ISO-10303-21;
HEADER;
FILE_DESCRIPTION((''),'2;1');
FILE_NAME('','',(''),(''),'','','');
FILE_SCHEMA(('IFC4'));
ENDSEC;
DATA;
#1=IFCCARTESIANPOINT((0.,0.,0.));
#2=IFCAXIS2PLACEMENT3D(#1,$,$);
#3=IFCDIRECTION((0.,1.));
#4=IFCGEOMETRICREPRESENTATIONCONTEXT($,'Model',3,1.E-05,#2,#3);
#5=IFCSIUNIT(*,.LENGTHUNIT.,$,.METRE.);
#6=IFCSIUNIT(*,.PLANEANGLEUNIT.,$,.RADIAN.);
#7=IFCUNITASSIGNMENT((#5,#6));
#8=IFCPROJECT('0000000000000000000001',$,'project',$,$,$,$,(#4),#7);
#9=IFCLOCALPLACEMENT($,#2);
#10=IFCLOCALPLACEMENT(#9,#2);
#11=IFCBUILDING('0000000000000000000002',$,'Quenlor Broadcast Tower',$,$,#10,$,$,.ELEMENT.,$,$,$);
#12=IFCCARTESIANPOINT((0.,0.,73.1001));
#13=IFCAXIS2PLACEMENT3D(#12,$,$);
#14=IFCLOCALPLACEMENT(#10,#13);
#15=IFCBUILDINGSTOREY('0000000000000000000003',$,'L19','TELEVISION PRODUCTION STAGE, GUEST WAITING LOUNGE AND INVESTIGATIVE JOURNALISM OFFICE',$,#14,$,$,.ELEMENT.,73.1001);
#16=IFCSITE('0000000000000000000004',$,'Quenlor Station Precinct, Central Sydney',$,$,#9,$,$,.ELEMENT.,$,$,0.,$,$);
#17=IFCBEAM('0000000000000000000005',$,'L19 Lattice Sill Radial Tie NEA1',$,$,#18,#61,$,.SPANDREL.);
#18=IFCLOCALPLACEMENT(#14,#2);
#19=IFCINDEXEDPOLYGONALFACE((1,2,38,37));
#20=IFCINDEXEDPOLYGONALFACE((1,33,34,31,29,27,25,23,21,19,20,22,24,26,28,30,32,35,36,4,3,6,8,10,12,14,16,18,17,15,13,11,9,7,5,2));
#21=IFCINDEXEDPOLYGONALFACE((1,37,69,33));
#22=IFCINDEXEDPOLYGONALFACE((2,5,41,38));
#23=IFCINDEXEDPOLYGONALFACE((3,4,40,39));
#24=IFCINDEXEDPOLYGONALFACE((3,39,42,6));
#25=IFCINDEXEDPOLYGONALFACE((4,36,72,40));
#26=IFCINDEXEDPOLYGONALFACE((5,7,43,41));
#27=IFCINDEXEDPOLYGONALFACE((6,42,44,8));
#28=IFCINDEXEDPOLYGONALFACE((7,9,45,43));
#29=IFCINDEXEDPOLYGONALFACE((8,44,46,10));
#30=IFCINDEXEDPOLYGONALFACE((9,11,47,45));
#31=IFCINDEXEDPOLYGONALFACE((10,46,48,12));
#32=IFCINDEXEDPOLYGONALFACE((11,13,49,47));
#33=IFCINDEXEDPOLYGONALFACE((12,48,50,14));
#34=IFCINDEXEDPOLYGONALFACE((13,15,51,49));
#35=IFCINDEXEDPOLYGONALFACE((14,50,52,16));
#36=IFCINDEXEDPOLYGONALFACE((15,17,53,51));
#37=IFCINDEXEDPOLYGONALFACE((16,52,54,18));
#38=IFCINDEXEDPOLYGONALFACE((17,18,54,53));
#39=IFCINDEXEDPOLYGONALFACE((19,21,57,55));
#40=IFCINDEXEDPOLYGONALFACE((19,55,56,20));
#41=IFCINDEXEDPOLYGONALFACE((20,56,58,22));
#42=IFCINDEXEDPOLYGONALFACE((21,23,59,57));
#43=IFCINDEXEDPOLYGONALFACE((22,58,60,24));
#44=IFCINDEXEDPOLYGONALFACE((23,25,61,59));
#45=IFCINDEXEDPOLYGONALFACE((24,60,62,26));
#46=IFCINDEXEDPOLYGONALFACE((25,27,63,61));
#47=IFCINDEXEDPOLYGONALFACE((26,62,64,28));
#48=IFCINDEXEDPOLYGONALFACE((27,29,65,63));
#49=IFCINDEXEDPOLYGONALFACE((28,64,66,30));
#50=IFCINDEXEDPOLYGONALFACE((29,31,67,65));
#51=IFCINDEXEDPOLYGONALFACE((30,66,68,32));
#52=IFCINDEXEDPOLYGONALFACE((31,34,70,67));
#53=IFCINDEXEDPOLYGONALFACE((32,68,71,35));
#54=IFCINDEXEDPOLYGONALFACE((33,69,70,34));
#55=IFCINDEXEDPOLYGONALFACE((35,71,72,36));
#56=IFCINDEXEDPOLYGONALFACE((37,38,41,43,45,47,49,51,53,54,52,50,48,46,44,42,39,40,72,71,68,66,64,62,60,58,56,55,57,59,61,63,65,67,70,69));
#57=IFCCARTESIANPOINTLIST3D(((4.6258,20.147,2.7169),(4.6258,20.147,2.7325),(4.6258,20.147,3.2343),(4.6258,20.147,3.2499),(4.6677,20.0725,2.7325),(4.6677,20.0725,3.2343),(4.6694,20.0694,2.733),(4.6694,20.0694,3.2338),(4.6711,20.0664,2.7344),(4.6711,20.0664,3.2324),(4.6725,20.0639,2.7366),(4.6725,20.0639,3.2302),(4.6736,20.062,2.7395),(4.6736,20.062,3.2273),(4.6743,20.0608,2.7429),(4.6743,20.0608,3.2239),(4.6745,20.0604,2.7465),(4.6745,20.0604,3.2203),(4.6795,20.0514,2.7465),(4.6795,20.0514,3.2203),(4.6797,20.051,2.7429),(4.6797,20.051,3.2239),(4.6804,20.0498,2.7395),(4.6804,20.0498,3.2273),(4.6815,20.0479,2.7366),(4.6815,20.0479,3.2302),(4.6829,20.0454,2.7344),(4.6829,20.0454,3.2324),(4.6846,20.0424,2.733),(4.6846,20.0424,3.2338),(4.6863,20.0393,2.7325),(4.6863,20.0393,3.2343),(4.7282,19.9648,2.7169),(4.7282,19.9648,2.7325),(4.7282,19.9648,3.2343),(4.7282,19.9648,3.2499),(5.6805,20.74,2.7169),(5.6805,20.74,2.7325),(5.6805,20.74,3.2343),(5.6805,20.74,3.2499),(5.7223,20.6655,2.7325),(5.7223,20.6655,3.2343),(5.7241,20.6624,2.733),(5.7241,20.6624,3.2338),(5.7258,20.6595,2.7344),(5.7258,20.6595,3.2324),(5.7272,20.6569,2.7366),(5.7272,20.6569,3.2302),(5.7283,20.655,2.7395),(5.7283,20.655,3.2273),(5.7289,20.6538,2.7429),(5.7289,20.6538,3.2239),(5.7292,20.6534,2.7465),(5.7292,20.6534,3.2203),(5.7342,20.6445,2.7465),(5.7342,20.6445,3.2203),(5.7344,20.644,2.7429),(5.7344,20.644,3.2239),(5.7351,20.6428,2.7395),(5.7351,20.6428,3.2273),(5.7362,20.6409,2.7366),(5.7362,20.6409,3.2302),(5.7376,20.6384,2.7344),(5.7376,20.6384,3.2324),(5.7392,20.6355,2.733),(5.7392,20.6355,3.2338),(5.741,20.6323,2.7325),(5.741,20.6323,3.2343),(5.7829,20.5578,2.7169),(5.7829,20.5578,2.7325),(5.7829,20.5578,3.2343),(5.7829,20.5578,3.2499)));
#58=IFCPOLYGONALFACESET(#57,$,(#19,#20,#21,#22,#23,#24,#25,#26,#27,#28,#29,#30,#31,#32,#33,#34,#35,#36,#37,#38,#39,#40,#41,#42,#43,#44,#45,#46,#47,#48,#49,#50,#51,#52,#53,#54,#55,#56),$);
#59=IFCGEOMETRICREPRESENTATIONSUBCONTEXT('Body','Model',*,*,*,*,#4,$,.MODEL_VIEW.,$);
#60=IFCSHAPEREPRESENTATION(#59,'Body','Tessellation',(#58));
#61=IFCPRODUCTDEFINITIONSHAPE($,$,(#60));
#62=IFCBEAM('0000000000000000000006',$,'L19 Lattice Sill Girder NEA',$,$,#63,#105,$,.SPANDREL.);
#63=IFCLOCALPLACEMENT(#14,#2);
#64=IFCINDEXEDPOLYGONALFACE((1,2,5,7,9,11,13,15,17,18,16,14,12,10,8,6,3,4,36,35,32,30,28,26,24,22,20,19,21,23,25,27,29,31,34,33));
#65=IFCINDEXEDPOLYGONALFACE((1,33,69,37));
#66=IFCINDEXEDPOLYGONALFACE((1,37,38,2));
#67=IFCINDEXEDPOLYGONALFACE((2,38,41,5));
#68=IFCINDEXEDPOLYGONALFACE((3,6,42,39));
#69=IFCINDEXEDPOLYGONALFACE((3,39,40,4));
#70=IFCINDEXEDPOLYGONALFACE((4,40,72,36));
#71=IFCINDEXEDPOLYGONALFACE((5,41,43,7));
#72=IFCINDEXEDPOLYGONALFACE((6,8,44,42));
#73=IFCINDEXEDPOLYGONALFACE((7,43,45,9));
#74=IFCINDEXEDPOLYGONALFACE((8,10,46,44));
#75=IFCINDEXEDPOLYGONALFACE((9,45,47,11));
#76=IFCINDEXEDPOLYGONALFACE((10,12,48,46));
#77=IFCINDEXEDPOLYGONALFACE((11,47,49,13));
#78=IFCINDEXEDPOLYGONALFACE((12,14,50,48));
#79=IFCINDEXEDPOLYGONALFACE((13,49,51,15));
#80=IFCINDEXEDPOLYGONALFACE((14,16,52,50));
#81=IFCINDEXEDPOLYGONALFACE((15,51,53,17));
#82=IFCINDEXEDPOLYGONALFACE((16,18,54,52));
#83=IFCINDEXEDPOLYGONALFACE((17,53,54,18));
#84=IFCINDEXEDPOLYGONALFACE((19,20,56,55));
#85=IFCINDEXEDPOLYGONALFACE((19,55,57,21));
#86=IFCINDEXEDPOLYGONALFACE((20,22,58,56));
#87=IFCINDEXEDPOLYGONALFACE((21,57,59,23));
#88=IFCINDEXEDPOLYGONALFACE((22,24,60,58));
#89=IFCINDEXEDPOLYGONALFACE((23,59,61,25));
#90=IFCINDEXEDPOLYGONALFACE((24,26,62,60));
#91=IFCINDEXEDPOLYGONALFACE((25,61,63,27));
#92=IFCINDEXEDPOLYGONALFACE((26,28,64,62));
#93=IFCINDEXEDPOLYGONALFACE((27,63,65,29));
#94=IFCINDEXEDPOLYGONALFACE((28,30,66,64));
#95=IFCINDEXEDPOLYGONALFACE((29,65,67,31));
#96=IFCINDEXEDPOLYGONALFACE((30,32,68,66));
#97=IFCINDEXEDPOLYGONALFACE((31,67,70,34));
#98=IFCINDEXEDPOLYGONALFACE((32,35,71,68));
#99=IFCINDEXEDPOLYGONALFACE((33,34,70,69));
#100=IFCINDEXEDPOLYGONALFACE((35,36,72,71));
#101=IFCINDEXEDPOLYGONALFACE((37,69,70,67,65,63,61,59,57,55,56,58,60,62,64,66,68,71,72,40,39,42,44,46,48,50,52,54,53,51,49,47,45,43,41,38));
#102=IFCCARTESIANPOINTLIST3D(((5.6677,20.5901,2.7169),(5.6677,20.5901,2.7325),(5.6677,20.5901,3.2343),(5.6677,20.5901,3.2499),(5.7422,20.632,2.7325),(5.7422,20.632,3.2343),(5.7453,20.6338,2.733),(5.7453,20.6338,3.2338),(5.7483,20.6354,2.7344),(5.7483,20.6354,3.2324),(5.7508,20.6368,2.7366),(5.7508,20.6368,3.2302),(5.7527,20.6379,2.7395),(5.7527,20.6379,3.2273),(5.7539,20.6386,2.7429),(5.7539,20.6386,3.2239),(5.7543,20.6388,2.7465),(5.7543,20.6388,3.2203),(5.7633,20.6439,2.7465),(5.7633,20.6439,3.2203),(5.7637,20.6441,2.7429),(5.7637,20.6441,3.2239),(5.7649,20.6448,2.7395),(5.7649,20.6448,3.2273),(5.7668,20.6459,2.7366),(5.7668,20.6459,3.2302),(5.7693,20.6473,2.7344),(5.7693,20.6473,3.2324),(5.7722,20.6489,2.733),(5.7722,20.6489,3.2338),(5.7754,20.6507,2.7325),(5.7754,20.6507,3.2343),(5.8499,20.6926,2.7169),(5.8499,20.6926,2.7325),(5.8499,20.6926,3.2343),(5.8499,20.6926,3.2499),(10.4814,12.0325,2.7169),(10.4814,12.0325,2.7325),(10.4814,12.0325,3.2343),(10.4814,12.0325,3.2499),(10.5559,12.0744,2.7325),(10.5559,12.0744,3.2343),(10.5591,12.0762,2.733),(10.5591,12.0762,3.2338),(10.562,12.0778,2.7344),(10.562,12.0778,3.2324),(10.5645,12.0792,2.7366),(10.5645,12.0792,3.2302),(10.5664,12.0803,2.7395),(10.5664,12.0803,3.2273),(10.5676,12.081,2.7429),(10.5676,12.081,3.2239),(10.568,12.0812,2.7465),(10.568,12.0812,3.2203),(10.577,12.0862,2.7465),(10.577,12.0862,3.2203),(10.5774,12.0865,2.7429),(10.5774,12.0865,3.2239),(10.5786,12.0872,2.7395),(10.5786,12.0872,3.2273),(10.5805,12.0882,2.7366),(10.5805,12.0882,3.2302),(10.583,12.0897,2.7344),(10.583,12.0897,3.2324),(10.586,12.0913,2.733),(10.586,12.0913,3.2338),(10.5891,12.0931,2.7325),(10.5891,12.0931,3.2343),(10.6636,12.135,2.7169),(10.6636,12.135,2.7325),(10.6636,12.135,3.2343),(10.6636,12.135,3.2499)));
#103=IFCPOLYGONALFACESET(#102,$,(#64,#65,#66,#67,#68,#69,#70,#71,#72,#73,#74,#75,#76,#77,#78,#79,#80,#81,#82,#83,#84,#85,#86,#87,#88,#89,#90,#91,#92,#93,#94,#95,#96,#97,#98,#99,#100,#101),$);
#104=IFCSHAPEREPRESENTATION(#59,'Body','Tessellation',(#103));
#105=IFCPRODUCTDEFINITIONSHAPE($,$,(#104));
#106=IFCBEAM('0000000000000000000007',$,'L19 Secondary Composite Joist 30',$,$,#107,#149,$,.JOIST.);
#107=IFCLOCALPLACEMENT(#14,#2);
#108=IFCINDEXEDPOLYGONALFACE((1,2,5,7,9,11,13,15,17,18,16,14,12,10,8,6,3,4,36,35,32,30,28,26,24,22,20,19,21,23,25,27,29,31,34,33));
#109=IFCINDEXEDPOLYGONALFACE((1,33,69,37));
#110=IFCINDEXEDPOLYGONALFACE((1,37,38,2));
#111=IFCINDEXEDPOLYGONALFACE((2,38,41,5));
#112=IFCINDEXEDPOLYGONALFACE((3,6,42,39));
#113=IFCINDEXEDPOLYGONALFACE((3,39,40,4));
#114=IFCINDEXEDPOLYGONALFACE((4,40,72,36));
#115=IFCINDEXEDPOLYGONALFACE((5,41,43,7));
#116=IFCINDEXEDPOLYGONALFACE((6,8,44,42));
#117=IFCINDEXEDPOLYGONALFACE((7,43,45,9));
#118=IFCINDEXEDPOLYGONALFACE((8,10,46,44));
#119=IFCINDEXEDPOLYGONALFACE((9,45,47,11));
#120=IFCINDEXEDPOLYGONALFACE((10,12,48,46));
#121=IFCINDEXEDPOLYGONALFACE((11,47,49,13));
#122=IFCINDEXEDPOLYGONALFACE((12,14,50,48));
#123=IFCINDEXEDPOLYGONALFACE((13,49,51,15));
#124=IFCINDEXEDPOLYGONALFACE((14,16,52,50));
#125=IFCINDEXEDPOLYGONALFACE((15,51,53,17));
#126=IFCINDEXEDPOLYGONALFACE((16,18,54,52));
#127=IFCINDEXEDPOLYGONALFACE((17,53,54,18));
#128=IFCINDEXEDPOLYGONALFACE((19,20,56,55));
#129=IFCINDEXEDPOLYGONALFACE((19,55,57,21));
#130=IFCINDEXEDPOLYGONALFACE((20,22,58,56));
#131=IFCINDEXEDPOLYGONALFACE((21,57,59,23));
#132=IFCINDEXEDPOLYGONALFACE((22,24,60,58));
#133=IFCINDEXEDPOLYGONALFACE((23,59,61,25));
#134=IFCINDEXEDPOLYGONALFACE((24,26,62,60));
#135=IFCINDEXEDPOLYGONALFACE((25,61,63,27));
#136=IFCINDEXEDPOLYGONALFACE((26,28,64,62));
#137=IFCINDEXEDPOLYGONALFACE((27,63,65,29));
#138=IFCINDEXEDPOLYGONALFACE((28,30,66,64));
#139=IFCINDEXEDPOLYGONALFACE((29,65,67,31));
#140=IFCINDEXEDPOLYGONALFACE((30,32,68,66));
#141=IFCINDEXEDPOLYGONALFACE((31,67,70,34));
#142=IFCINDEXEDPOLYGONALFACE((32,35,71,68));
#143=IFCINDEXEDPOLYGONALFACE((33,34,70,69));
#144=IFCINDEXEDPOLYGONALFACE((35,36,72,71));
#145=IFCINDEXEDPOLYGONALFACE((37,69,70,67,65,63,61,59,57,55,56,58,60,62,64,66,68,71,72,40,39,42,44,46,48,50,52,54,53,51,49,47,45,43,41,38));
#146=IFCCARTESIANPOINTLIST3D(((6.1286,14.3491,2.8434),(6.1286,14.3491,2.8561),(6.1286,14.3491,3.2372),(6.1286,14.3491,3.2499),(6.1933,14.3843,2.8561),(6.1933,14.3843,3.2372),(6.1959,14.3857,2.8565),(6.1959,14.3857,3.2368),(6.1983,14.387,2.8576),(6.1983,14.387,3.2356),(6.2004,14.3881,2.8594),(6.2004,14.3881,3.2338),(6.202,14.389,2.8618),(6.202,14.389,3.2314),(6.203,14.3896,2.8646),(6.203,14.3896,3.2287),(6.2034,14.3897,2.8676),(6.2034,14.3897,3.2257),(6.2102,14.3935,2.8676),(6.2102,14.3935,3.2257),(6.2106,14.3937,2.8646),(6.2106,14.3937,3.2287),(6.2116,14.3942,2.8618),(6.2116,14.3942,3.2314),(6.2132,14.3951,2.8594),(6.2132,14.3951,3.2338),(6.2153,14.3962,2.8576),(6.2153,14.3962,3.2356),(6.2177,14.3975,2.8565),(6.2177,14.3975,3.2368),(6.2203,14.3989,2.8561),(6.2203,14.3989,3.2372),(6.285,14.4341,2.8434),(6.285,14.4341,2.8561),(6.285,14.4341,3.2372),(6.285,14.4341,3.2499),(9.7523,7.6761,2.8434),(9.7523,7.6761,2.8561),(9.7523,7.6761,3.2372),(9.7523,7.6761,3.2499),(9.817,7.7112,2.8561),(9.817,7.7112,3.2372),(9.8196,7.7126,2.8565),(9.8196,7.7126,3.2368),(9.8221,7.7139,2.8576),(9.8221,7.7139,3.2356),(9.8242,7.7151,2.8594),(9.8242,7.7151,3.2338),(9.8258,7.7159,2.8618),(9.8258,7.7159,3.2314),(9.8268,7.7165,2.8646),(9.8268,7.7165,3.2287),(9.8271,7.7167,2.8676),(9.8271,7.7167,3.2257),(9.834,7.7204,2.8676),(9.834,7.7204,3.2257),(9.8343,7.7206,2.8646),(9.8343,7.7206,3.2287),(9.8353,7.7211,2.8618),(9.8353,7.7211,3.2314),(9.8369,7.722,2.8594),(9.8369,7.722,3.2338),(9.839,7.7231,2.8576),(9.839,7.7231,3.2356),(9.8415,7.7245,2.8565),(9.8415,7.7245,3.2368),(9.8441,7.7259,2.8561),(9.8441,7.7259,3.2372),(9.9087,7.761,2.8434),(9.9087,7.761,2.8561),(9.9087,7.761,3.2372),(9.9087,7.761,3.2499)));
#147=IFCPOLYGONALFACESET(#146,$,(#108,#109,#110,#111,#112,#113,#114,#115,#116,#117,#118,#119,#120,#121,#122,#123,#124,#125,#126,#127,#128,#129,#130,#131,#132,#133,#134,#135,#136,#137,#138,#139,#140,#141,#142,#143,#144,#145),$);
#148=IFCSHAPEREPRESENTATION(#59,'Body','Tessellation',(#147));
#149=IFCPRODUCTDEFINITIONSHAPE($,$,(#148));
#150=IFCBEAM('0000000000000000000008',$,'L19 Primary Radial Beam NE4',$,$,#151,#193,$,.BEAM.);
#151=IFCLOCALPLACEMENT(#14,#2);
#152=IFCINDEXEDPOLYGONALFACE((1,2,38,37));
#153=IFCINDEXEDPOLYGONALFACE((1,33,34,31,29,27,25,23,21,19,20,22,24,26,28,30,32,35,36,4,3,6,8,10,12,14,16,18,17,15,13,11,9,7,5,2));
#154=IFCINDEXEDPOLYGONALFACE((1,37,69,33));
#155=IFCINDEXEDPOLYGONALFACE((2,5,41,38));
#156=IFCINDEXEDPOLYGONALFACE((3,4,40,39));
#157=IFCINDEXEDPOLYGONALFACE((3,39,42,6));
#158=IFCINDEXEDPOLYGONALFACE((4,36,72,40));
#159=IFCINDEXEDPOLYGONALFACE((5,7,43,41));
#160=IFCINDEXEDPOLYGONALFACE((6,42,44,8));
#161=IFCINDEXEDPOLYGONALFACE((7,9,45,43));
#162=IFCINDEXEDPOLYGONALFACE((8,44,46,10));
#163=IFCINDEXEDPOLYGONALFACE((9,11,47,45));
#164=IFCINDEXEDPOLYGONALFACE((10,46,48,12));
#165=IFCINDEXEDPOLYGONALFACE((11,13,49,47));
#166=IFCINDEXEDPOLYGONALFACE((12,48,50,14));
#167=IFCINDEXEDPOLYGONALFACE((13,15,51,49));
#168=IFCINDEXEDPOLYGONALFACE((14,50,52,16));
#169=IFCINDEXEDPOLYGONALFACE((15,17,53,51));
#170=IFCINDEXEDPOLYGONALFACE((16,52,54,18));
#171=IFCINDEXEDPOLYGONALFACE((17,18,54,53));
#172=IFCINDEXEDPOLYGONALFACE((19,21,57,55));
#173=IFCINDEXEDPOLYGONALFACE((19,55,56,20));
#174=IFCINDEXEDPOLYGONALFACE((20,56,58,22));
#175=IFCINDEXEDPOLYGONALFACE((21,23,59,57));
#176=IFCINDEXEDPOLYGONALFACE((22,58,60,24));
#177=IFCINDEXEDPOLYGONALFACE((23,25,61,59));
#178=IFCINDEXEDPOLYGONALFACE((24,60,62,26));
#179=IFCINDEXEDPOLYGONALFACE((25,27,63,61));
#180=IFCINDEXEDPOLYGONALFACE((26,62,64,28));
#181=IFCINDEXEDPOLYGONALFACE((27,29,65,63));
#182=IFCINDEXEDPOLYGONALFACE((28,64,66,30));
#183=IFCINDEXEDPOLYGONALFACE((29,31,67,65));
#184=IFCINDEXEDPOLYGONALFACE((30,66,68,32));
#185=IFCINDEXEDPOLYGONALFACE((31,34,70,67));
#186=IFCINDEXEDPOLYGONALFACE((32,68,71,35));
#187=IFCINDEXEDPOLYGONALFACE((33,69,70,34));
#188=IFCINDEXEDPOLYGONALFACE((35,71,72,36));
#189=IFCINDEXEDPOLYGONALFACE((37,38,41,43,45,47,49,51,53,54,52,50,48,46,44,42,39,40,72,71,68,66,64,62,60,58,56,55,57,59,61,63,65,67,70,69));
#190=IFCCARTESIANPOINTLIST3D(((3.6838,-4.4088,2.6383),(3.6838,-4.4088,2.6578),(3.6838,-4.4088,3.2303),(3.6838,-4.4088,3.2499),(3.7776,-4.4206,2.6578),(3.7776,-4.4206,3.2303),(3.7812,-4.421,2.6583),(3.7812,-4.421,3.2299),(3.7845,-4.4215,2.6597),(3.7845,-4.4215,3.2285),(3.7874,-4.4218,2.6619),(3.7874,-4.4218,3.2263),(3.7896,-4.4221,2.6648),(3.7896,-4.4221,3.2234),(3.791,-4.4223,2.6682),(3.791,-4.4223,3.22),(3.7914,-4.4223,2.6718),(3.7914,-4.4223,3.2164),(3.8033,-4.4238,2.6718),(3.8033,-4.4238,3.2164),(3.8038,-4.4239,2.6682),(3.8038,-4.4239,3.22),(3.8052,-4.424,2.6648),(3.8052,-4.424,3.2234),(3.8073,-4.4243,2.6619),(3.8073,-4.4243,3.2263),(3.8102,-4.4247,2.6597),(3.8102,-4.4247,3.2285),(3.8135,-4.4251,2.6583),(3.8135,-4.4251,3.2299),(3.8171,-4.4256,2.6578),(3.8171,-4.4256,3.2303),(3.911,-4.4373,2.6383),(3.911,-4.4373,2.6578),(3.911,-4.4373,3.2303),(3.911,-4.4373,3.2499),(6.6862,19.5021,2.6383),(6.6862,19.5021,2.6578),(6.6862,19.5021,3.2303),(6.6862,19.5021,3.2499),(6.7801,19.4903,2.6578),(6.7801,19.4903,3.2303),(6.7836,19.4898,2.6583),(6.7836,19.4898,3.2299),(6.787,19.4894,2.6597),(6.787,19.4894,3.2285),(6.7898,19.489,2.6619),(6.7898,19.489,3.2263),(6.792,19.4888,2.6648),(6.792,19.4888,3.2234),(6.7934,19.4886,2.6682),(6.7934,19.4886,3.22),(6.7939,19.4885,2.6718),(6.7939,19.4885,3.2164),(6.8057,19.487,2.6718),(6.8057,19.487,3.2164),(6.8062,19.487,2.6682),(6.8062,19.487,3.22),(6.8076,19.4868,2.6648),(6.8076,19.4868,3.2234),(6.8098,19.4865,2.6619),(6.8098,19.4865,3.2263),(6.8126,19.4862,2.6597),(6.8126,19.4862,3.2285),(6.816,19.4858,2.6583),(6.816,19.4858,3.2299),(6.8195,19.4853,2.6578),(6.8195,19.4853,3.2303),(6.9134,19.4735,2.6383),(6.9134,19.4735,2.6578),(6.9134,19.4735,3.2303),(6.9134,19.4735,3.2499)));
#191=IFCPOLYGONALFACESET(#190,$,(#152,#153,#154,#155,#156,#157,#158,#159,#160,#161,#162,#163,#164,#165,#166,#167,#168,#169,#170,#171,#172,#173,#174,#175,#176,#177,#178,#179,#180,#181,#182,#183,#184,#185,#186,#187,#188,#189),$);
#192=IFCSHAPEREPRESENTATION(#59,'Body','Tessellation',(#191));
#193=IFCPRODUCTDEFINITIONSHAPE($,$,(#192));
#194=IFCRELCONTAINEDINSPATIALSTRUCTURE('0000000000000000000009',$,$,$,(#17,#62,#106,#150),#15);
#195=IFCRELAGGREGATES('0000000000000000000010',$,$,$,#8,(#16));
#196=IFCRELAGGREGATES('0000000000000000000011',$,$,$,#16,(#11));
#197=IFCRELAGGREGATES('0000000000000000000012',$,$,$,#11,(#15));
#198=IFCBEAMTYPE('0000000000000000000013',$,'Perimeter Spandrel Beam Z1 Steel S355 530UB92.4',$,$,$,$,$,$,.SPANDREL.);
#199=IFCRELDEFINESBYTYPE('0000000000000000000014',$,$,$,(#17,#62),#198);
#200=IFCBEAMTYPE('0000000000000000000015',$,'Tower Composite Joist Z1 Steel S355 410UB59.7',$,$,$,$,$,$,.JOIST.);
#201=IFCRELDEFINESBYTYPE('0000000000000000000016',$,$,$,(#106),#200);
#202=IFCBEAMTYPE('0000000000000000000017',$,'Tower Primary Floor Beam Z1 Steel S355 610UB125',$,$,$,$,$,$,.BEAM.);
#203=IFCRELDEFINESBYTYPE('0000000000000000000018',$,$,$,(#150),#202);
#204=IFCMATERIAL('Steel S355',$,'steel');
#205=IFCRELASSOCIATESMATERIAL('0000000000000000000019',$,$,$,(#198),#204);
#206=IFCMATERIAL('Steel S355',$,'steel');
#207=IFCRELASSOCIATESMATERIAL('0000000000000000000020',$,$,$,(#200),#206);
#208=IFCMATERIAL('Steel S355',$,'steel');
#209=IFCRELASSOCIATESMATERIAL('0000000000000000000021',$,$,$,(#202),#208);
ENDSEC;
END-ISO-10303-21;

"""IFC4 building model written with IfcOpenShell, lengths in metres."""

from ifc_helpers import new_model, si_unit, direction, frame, origin, origin_2d, place, context, subcontext, project, spatial, i_section, extrude, material, material_profile, profile_set, type_object, element, save


model = new_model("IFC4")

# Units and contexts
model_context = context("Model", 3, precision=1e-05, world=origin(), true_north=direction((0.0, 1.0)))
body_context = subcontext(model_context, "Body", "Model", "MODEL_VIEW")
ifc_project = project(units=[si_unit("LENGTHUNIT", "METRE"), si_unit("PLANEANGLEUNIT", "RADIAN")], contexts=[model_context])

# Site, building, storey
site_placement = place(None, origin())
site = spatial("IfcSite", under=ifc_project, at=site_placement, Name="Quenlor Station Precinct, Central Sydney", CompositionType="ELEMENT", RefElevation=0.0)
building_placement = place(site_placement, origin())
building = spatial("IfcBuilding", under=site, at=building_placement, Name="Quenlor Broadcast Tower", CompositionType="ELEMENT")
storey_placement = place(building_placement, frame((0.0, 0.0, 73.1001)))
storey = spatial("IfcBuildingStorey", under=building, at=storey_placement, Name="L19", Description="TELEVISION PRODUCTION STAGE, GUEST WAITING LOUNGE AND INVESTIGATIVE JOURNALISM OFFICE", CompositionType="ELEMENT", Elevation=73.1001)

# Beams
ifc_material_1 = material(Name="Steel S355", Category="steel")
ifc_material_profile_1 = material_profile(ifc_material_1, i_section(OverallWidth=0.209, OverallDepth=0.533, WebThickness=0.0103, FlangeThickness=0.0156, FilletRadius=0.0139, at=origin_2d()))
ifc_profile_set_1 = profile_set([ifc_material_profile_1], Name="Steel S355 530UB92.4")
beam_type_1 = type_object("IfcBeamType", Name="Perimeter Spandrel Beam Z1 Steel S355 530UB92.4", PredefinedType="SPANDREL", material=ifc_profile_set_1)
beam_1_placement = place(storey_placement, frame((4.677, 20.0559, 2.9834), z_axis=(0.871662, 0.490108, 0.0), x_axis=(-0.490108, 0.871662, 0.0)))
element("IfcBeam", 1, at=beam_1_placement, inside=storey, type_object=beam_type_1, Name="L19 Lattice Sill Radial Tie NEA1", PredefinedType="SPANDREL", context=body_context, shape_type="SweptSolid", body=[
    extrude(i_section(OverallWidth=0.209, OverallDepth=0.533, WebThickness=0.0103, FlangeThickness=0.0156, FilletRadius=0.0139, at=origin_2d()), origin(), (0.0, 0.0, 1.0), 1.21),
])
beam_2_placement = place(storey_placement, frame((5.7588, 20.6414, 2.9834), z_axis=(0.490266, -0.871573, 0.0), x_axis=(0.871573, 0.490266, 0.0)))
element("IfcBeam", 2, at=beam_2_placement, inside=storey, type_object=beam_type_1, Name="L19 Lattice Sill Girder NEA", PredefinedType="SPANDREL", context=body_context, shape_type="SweptSolid", body=[
    extrude(i_section(OverallWidth=0.209, OverallDepth=0.533, WebThickness=0.0103, FlangeThickness=0.0156, FilletRadius=0.0139, at=origin_2d()), origin(), (0.0, 0.0, 1.0), 9.8186),
])
ifc_material_2 = material(Name="Steel S355", Category="steel")
ifc_material_profile_2 = material_profile(ifc_material_2, i_section(OverallWidth=0.178, OverallDepth=0.4065, WebThickness=0.0078, FlangeThickness=0.0127, FilletRadius=0.0115, at=origin_2d()))
ifc_profile_set_2 = profile_set([ifc_material_profile_2], Name="Steel S355 410UB59.7")
beam_type_2 = type_object("IfcBeamType", Name="Tower Composite Joist Z1 Steel S355 410UB59.7", PredefinedType="JOIST", material=ifc_profile_set_2)
beam_3_placement = place(storey_placement, frame((6.2068, 14.3916, 3.0466), z_axis=(0.477218, -0.878785, 0.0), x_axis=(0.878785, 0.477218, 0.0)))
element("IfcBeam", 3, at=beam_3_placement, inside=storey, type_object=beam_type_2, Name="L19 Secondary Composite Joist 30", PredefinedType="JOIST", context=body_context, shape_type="SweptSolid", body=[
    extrude(i_section(OverallWidth=0.178, OverallDepth=0.4065, WebThickness=0.0078, FlangeThickness=0.0127, FilletRadius=0.0115, at=origin_2d()), origin(), (0.0, 0.0, 1.0), 7.5935),
])
ifc_material_3 = material(Name="Steel S355", Category="steel")
ifc_material_profile_3 = material_profile(ifc_material_3, i_section(OverallWidth=0.229, OverallDepth=0.6116, WebThickness=0.012, FlangeThickness=0.0195, FilletRadius=0.0139, at=origin_2d()))
ifc_profile_set_3 = profile_set([ifc_material_profile_3], Name="Steel S355 610UB125")
beam_type_3 = type_object("IfcBeamType", Name="Tower Primary Floor Beam Z1 Steel S355 610UB125", PredefinedType="BEAM", material=ifc_profile_set_3)
beam_4_placement = place(storey_placement, frame((6.7998, 19.4878, 2.9441), z_axis=(-0.12459, -0.992208, 0.0), x_axis=(0.992208, -0.12459, 0.0)))
element("IfcBeam", 4, at=beam_4_placement, inside=storey, type_object=beam_type_3, Name="L19 Primary Radial Beam NE4", PredefinedType="BEAM", context=body_context, shape_type="SweptSolid", body=[
    extrude(i_section(OverallWidth=0.229, OverallDepth=0.6116, WebThickness=0.012, FlangeThickness=0.0195, FilletRadius=0.0139, at=origin_2d()), origin(), (0.0, 0.0, 1.0), 24.0986),
])

save(model, "model.ifc")
